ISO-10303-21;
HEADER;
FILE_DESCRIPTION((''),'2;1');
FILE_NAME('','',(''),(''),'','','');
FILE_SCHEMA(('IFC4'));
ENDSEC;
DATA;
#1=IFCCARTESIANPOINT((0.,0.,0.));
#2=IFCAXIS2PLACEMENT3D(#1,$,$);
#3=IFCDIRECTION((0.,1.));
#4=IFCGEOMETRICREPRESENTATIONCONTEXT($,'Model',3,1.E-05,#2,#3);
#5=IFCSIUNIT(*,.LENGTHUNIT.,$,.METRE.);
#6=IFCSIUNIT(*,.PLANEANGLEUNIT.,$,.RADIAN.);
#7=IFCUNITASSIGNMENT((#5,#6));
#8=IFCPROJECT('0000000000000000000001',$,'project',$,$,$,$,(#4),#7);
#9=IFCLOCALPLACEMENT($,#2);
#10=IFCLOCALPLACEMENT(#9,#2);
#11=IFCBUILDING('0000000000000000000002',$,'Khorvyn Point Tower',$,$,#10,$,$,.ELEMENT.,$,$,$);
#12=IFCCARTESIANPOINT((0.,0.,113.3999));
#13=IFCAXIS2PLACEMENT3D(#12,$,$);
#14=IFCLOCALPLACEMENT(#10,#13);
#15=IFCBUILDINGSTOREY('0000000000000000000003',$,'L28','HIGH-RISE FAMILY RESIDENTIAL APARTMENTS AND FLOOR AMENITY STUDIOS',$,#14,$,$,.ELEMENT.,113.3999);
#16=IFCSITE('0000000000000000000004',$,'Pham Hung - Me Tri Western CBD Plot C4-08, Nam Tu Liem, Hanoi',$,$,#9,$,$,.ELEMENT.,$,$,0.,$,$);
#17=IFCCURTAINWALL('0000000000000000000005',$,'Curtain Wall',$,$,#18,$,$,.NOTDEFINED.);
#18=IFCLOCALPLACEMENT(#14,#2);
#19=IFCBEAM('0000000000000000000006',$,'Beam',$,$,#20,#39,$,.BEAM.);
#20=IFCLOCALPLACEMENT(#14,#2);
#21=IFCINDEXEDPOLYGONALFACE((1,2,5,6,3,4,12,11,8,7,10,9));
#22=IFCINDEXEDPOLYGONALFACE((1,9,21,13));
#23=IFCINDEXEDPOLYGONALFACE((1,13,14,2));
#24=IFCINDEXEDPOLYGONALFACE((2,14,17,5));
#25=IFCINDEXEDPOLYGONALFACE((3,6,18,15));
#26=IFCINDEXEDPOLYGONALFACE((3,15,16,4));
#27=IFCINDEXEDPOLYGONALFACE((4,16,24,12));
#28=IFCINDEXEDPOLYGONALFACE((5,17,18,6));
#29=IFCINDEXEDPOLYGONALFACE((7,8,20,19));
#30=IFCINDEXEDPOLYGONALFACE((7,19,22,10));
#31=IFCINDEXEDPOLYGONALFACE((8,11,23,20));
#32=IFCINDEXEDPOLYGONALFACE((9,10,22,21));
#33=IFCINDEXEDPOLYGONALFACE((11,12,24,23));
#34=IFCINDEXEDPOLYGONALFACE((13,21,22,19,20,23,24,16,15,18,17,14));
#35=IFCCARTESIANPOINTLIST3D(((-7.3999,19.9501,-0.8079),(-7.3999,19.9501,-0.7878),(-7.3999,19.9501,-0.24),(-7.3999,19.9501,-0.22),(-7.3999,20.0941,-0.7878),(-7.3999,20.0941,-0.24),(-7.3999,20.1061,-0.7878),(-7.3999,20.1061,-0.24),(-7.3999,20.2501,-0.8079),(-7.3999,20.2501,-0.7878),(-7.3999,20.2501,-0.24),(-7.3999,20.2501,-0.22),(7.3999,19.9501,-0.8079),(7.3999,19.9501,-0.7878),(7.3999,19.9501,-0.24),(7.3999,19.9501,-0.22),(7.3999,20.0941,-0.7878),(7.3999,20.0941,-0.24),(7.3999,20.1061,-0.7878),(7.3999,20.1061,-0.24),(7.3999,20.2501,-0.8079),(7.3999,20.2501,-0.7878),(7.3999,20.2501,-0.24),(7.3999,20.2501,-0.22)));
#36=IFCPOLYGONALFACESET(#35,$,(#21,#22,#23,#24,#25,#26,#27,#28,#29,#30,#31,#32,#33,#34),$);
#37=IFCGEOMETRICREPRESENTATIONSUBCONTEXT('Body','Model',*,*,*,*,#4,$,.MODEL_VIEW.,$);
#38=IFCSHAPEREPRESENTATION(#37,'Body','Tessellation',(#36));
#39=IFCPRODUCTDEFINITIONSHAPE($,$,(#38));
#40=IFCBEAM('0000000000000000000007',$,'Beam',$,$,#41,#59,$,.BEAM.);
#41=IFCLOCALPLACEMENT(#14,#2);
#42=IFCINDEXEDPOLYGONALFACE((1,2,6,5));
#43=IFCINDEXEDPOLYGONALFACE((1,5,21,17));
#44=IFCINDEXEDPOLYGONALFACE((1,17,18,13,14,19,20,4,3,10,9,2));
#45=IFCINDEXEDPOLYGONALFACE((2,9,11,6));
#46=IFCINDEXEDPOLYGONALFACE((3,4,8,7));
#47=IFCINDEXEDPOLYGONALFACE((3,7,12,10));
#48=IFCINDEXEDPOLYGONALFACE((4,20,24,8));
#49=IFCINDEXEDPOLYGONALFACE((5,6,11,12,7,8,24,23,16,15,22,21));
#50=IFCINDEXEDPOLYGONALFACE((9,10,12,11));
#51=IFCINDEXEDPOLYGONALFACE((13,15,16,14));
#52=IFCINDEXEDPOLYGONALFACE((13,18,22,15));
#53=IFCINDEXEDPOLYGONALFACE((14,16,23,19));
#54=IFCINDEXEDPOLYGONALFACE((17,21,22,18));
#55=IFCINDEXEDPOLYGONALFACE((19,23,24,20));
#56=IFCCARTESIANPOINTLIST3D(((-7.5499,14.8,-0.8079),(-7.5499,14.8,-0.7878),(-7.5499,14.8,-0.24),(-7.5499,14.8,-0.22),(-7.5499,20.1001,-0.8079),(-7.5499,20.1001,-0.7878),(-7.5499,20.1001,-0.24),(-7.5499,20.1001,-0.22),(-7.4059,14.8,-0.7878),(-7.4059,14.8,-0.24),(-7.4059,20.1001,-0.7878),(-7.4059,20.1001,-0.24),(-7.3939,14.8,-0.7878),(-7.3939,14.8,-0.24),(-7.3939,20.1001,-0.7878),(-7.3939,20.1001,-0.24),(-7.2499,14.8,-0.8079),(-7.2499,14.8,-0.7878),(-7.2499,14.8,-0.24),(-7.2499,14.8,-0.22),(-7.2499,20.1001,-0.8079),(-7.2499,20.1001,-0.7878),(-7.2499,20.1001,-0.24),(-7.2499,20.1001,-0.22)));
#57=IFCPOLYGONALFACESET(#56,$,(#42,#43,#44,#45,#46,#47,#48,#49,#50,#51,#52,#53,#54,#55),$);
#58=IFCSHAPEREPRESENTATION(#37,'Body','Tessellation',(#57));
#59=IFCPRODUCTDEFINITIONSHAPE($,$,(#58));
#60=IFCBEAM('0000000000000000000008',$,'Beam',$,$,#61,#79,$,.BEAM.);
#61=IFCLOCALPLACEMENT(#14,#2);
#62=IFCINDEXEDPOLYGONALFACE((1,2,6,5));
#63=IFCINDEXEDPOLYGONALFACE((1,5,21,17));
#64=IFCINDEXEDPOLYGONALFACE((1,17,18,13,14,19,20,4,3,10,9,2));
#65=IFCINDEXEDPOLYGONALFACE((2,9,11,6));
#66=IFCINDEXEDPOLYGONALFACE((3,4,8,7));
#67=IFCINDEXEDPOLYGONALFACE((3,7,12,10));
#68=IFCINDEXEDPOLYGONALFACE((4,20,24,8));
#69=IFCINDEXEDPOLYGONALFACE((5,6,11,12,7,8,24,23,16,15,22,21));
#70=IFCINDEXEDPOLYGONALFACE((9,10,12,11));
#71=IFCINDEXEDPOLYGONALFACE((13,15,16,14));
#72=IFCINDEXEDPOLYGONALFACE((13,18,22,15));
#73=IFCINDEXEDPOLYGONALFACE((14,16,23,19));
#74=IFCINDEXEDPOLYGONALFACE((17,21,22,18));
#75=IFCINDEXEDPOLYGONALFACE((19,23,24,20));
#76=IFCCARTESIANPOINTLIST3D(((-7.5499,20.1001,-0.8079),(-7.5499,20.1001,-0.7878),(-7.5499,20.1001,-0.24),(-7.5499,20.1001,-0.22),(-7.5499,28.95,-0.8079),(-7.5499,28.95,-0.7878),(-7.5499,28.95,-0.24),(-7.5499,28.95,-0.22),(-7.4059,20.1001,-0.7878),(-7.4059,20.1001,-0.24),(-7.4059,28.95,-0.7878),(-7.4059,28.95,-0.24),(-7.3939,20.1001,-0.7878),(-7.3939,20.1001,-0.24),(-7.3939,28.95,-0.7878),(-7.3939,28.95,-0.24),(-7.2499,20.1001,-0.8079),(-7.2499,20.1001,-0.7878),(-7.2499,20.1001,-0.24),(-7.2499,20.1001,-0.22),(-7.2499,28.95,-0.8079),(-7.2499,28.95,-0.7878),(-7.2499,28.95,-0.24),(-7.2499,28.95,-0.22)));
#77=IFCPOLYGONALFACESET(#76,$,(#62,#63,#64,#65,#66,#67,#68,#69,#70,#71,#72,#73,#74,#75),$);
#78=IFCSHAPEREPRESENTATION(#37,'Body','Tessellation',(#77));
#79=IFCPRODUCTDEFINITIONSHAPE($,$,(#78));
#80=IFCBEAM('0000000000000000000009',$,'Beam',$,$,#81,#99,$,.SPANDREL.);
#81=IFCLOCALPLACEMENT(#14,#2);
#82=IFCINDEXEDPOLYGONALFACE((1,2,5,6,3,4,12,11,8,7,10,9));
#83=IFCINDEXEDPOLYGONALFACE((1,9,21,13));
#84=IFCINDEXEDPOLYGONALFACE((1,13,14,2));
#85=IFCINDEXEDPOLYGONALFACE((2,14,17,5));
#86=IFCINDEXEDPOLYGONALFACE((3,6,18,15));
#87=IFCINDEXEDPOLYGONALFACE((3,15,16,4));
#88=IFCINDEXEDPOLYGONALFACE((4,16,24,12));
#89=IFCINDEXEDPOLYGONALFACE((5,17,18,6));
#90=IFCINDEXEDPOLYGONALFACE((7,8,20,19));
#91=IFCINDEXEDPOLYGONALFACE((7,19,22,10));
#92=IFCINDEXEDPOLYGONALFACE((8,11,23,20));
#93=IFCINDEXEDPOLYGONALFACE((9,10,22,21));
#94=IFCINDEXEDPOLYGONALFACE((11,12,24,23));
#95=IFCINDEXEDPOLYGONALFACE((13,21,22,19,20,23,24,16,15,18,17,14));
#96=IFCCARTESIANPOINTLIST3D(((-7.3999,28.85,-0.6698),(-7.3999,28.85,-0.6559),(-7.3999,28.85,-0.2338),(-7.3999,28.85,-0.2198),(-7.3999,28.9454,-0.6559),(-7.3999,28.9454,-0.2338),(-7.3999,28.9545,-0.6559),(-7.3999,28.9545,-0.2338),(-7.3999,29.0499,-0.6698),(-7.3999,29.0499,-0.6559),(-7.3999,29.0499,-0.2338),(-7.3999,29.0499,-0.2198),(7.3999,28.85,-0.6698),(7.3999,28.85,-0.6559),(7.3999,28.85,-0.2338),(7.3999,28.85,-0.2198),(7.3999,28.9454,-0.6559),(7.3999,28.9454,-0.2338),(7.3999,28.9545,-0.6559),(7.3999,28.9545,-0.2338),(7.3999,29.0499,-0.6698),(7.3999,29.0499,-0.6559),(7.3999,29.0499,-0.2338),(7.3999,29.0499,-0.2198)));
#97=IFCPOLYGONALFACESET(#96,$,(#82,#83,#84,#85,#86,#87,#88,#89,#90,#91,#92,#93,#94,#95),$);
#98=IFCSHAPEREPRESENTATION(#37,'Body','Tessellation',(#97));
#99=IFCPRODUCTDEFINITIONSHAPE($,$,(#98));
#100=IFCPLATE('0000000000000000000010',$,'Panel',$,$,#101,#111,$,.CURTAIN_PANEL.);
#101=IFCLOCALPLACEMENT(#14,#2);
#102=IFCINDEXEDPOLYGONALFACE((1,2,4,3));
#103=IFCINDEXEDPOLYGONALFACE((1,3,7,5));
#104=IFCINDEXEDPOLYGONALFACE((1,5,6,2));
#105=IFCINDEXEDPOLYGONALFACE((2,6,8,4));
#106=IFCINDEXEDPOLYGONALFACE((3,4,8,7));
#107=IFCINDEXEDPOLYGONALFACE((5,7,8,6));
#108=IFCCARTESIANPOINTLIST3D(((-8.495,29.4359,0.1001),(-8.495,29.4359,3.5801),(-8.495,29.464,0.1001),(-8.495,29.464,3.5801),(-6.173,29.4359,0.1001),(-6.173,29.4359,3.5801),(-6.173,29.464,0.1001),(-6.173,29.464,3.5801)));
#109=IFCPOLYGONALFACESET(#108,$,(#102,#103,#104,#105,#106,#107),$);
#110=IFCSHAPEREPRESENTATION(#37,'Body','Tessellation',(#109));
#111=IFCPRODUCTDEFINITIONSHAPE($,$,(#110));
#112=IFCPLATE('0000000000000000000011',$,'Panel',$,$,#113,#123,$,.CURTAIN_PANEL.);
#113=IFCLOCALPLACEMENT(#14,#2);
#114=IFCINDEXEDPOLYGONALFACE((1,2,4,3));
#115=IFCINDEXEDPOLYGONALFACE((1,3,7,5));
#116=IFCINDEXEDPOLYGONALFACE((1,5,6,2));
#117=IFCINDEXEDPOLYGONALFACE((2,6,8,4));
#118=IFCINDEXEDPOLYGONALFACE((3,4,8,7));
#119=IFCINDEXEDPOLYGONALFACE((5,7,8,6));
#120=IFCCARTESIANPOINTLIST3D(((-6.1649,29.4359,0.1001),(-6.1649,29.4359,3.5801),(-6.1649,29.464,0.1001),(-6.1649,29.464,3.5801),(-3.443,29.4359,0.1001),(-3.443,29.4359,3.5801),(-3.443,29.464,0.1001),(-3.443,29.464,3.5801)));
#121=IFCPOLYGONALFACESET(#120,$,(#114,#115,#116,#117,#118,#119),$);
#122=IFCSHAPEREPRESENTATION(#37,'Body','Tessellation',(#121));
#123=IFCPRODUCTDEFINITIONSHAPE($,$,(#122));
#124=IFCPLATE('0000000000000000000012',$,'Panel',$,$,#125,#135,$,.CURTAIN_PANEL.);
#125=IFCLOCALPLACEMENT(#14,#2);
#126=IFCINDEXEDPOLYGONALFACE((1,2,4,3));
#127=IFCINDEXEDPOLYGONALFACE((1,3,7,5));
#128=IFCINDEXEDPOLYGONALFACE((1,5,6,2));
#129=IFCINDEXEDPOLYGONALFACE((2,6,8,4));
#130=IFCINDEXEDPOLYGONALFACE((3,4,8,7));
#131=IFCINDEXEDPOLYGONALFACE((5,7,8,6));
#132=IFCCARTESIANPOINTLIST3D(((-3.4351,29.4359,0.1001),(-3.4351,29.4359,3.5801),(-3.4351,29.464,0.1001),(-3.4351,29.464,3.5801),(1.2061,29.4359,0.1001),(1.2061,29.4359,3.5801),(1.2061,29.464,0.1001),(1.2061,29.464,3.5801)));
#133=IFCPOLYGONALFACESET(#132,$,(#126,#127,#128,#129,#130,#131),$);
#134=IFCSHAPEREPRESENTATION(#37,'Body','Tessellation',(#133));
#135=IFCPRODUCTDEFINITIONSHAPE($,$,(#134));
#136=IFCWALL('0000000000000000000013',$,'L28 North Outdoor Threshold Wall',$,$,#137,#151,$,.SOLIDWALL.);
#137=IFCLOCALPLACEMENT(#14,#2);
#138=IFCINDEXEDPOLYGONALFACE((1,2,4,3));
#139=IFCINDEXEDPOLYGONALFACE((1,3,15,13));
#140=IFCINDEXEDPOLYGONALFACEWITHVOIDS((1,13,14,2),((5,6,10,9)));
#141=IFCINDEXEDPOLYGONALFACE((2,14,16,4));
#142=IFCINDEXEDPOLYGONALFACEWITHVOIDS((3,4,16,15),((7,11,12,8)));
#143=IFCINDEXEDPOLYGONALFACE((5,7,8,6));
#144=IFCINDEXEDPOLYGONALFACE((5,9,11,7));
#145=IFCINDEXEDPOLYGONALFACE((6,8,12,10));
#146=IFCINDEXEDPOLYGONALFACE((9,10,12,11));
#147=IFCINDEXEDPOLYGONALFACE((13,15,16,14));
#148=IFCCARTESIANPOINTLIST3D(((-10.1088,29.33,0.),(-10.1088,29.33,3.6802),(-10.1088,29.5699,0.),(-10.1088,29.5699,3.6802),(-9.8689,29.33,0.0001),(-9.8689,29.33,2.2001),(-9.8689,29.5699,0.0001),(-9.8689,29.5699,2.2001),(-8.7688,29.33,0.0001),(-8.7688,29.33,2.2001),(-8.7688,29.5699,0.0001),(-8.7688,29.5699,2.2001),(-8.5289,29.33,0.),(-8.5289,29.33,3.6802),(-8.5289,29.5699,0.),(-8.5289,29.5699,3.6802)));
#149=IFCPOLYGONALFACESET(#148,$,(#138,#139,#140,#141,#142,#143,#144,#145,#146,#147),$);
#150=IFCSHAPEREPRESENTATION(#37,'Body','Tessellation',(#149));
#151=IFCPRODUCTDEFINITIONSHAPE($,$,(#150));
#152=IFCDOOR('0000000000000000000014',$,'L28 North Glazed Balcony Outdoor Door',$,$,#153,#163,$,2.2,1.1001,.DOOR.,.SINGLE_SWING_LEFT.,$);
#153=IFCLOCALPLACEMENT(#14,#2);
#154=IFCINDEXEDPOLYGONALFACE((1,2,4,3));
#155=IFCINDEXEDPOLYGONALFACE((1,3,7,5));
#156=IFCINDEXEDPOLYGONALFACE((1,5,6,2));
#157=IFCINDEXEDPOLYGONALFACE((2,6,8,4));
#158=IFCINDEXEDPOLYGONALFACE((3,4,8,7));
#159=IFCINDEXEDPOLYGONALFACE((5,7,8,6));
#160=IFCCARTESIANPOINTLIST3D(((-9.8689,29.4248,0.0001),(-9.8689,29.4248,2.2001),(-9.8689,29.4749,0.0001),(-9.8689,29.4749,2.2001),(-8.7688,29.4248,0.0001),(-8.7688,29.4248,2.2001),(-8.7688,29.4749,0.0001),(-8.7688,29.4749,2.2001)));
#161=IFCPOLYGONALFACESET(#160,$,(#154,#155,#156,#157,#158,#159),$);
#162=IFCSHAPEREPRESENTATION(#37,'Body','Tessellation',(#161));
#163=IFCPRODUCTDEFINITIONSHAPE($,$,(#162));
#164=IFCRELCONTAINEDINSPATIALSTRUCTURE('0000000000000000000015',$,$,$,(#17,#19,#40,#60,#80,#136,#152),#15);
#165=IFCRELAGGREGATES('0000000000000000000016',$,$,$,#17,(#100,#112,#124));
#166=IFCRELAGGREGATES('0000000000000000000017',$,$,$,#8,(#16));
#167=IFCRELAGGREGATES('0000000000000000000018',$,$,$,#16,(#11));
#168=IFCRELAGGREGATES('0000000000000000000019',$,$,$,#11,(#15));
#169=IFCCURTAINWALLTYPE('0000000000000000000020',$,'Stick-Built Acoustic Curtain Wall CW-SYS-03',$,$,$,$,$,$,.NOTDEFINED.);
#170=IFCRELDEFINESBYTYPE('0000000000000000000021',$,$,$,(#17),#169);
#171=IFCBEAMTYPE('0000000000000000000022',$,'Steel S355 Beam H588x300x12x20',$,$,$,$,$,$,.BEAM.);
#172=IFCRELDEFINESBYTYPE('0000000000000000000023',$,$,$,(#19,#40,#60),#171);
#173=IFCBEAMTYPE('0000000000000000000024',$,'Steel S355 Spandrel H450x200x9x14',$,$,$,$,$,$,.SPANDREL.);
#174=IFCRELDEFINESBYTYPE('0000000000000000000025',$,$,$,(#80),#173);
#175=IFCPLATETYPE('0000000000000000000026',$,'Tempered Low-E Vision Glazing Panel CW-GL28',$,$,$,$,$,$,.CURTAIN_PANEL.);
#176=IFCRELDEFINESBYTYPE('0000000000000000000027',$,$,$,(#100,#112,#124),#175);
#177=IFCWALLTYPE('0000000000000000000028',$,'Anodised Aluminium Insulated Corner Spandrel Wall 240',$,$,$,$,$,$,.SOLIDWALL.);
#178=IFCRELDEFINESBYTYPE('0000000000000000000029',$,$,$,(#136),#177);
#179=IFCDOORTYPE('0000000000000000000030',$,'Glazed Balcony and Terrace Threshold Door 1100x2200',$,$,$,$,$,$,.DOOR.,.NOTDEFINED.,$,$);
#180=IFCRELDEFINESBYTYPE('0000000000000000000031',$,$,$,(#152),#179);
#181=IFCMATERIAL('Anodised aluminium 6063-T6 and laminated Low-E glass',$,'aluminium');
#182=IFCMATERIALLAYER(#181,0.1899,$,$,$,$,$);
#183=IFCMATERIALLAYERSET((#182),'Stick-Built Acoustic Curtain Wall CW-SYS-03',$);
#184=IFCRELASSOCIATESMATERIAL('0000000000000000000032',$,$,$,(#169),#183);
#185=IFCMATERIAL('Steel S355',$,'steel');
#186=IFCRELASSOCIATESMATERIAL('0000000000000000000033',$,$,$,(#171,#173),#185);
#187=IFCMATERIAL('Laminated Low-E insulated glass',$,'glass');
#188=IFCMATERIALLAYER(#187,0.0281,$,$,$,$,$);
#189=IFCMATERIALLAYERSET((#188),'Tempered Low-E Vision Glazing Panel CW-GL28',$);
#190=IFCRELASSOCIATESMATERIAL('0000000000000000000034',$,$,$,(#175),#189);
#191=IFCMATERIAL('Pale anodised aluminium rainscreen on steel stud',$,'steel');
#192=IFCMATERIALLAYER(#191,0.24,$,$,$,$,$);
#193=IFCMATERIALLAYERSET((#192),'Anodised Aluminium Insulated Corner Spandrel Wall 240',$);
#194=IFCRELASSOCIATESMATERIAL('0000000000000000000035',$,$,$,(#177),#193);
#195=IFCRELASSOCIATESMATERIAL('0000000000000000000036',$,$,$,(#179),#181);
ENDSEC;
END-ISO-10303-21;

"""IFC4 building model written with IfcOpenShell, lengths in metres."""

from ifc_helpers import new_model, si_unit, direction, frame, frame_2d, origin, origin_2d, place, context, subcontext, project, spatial, rectangle, i_section, extrude, material, layer, layer_set, material_profile, profile_set, type_object, element, fill, aggregate, save


model = new_model("IFC4")

# Units and contexts
model_context = context("Model", 3, precision=1e-05, world=origin(), true_north=direction((0.0, 1.0)))
body_context = subcontext(model_context, "Body", "Model", "MODEL_VIEW")
ifc_project = project(units=[si_unit("LENGTHUNIT", "METRE"), si_unit("PLANEANGLEUNIT", "RADIAN")], contexts=[model_context])

# Site, building, storey
site_placement = place(None, origin())
site = spatial("IfcSite", under=ifc_project, at=site_placement, Name="Pham Hung - Me Tri Western CBD Plot C4-08, Nam Tu Liem, Hanoi", CompositionType="ELEMENT", RefElevation=0.0)
building_placement = place(site_placement, origin())
building = spatial("IfcBuilding", under=site, at=building_placement, Name="Khorvyn Point Tower", CompositionType="ELEMENT")
storey_placement = place(building_placement, frame((0.0, 0.0, 113.3999)))
storey = spatial("IfcBuildingStorey", under=building, at=storey_placement, Name="L28", Description="HIGH-RISE FAMILY RESIDENTIAL APARTMENTS AND FLOOR AMENITY STUDIOS", CompositionType="ELEMENT", Elevation=113.3999)

# Shared definitions
ifc_material_1 = material(Name="Anodised aluminium 6063-T6 and laminated Low-E glass", Category="aluminium")
ifc_layer_1 = layer(ifc_material_1, 0.1899)
ifc_layer_set_1 = layer_set([ifc_layer_1], Name="Stick-Built Acoustic Curtain Wall CW-SYS-03")
curtain_wall_type = type_object("IfcCurtainWallType", Name="Stick-Built Acoustic Curtain Wall CW-SYS-03", PredefinedType="NOTDEFINED", material=ifc_layer_set_1)

# Curtain wall
curtain_wall_1_placement = place(storey_placement, origin())
curtain_wall_1 = element("IfcCurtainWall", 1, at=curtain_wall_1_placement, inside=storey, type_object=curtain_wall_type, Name="Curtain Wall", PredefinedType="NOTDEFINED")

# Beams
ifc_material_2 = material(Name="Steel S355", Category="steel")
ifc_material_profile_1 = material_profile(ifc_material_2, i_section(OverallWidth=0.3, OverallDepth=0.5879, WebThickness=0.012, FlangeThickness=0.02, at=origin_2d()))
ifc_profile_set_1 = profile_set([ifc_material_profile_1], Name="Steel S355 H588x300x12x20")
beam_type_1 = type_object("IfcBeamType", Name="Steel S355 Beam H588x300x12x20", PredefinedType="BEAM", material=ifc_profile_set_1)
beam_1_placement = place(storey_placement, frame((-7.3999, 20.1001, -0.5139), z_axis=(1.0, 0.0, 0.0), x_axis=(0.0, 1.0, 0.0)))
element("IfcBeam", 2, at=beam_1_placement, inside=storey, type_object=beam_type_1, Name="Beam", PredefinedType="BEAM", context=body_context, shape_type="SweptSolid", body=[
    extrude(i_section(OverallWidth=0.3, OverallDepth=0.5879, WebThickness=0.012, FlangeThickness=0.02, at=origin_2d()), origin(), (0.0, 0.0, 1.0), 14.7998),
])
beam_2_placement = place(storey_placement, frame((-7.3999, 14.8, -0.5139), z_axis=(0.0, 1.0, 0.0), x_axis=(-1.0, 0.0, 0.0)))
element("IfcBeam", 3, at=beam_2_placement, inside=storey, type_object=beam_type_1, Name="Beam", PredefinedType="BEAM", context=body_context, shape_type="SweptSolid", body=[
    extrude(i_section(OverallWidth=0.3, OverallDepth=0.5879, WebThickness=0.012, FlangeThickness=0.02, at=origin_2d()), origin(), (0.0, 0.0, 1.0), 5.3),
])
beam_3_placement = place(storey_placement, frame((-7.3999, 20.1001, -0.5139), z_axis=(0.0, 1.0, 0.0), x_axis=(-1.0, 0.0, 0.0)))
element("IfcBeam", 4, at=beam_3_placement, inside=storey, type_object=beam_type_1, Name="Beam", PredefinedType="BEAM", context=body_context, shape_type="SweptSolid", body=[
    extrude(i_section(OverallWidth=0.3, OverallDepth=0.5879, WebThickness=0.012, FlangeThickness=0.02, at=origin_2d()), origin(), (0.0, 0.0, 1.0), 8.8499),
])
ifc_material_profile_2 = material_profile(ifc_material_2, i_section(OverallWidth=0.2, OverallDepth=0.45, WebThickness=0.009, FlangeThickness=0.0139, at=origin_2d()))
ifc_profile_set_2 = profile_set([ifc_material_profile_2], Name="Steel S355 H450x200x9x14")
beam_type_2 = type_object("IfcBeamType", Name="Steel S355 Spandrel H450x200x9x14", PredefinedType="SPANDREL", material=ifc_profile_set_2)
beam_4_placement = place(storey_placement, frame((-7.3999, 28.95, -0.4448), z_axis=(1.0, 0.0, 0.0), x_axis=(0.0, 1.0, 0.0)))
element("IfcBeam", 5, at=beam_4_placement, inside=storey, type_object=beam_type_2, Name="Beam", PredefinedType="SPANDREL", context=body_context, shape_type="SweptSolid", body=[
    extrude(i_section(OverallWidth=0.2, OverallDepth=0.45, WebThickness=0.009, FlangeThickness=0.0139, at=origin_2d()), origin(), (0.0, 0.0, 1.0), 14.7998),
])

# Plates
ifc_material_3 = material(Name="Laminated Low-E insulated glass", Category="glass")
ifc_layer_2 = layer(ifc_material_3, 0.0281)
ifc_layer_set_2 = layer_set([ifc_layer_2], Name="Tempered Low-E Vision Glazing Panel CW-GL28")
plate_type = type_object("IfcPlateType", Name="Tempered Low-E Vision Glazing Panel CW-GL28", PredefinedType="CURTAIN_PANEL", material=ifc_layer_set_2)
plate_1_placement = place(storey_placement, frame((-7.334, 29.45, 0.1001), z_axis=(0.0, 0.0, 1.0), x_axis=(1.0, 0.0, 0.0)))
plate_1 = element("IfcPlate", 6, at=plate_1_placement, type_object=plate_type, Name="Panel", PredefinedType="CURTAIN_PANEL", context=body_context, shape_type="SweptSolid", body=[
    extrude(rectangle(XDim=2.322, YDim=0.0281, at=origin_2d()), origin(), (0.0, 0.0, 1.0), 3.48),
])
plate_2_placement = place(storey_placement, frame((-4.804, 29.45, 0.1001), z_axis=(0.0, 0.0, 1.0), x_axis=(1.0, 0.0, 0.0)))
plate_2 = element("IfcPlate", 7, at=plate_2_placement, type_object=plate_type, Name="Panel", PredefinedType="CURTAIN_PANEL", context=body_context, shape_type="SweptSolid", body=[
    extrude(rectangle(XDim=2.7219, YDim=0.0281, at=origin_2d()), origin(), (0.0, 0.0, 1.0), 3.48),
])
plate_3_placement = place(storey_placement, frame((-1.1145, 29.45, 0.1001), z_axis=(0.0, 0.0, 1.0), x_axis=(1.0, 0.0, 0.0)))
plate_3 = element("IfcPlate", 8, at=plate_3_placement, type_object=plate_type, Name="Panel", PredefinedType="CURTAIN_PANEL", context=body_context, shape_type="SweptSolid", body=[
    extrude(rectangle(XDim=4.6411, YDim=0.0281, at=origin_2d()), origin(), (0.0, 0.0, 1.0), 3.48),
])
aggregate(curtain_wall_1, [plate_1, plate_2, plate_3])

# Wall, opening, door
ifc_material_4 = material(Name="Pale anodised aluminium rainscreen on steel stud", Category="steel")
ifc_layer_3 = layer(ifc_material_4, 0.24)
ifc_layer_set_3 = layer_set([ifc_layer_3], Name="Anodised Aluminium Insulated Corner Spandrel Wall 240")
wall_type_1 = type_object("IfcWallType", Name="Anodised Aluminium Insulated Corner Spandrel Wall 240", PredefinedType="SOLIDWALL", material=ifc_layer_set_3)
wall_1_placement = place(storey_placement, frame((-10.1089, 29.45, 0.0), z_axis=(0.0, 0.0, 1.0), x_axis=(1.0, 0.0, 0.0)))
wall_1 = element("IfcWall", 9, at=wall_1_placement, inside=storey, type_object=wall_type_1, Name="L28 North Outdoor Threshold Wall", PredefinedType="SOLIDWALL", context=body_context, shape_type="SweptSolid", body=[
    extrude(rectangle(XDim=1.5798, YDim=0.24, at=frame_2d((0.79, 0.0))), origin(), (0.0, 0.0, 1.0), 3.6802),
])
opening_1_placement = place(wall_1_placement, frame((0.24, 0.0, 0.0)))
opening_1 = element("IfcOpeningElement", 10, at=opening_1_placement, cuts=wall_1, PredefinedType="OPENING", context=body_context, shape_type="SweptSolid", body=[
    extrude(rectangle(XDim=1.1001, YDim=2.2, at=frame_2d((0.55, 1.1001))), frame((0.0, 0.1299, 0.0), z_axis=(0.0, -1.0, 0.0), x_axis=(1.0, 0.0, 0.0)), (0.0, 0.0, 1.0), 0.26),
])
door_type_1 = type_object("IfcDoorType", Name="Glazed Balcony and Terrace Threshold Door 1100x2200", OperationType="NOTDEFINED", PredefinedType="DOOR", material=ifc_material_1)
door_1_placement = place(opening_1_placement, origin())
door_1 = element("IfcDoor", 11, at=door_1_placement, inside=storey, type_object=door_type_1, Name="L28 North Glazed Balcony Outdoor Door", OperationType="SINGLE_SWING_LEFT", OverallHeight=2.2, OverallWidth=1.1001, PredefinedType="DOOR", context=body_context, shape_type="SweptSolid", body=[
    extrude(rectangle(XDim=1.1001, YDim=2.2, at=frame_2d((0.55, 1.1001))), frame((0.0, 0.0249, 0.0), z_axis=(0.0, -1.0, 0.0), x_axis=(1.0, 0.0, 0.0)), (0.0, 0.0, 1.0), 0.05),
])
fill(opening_1, door_1)

save(model, "model.ifc")
